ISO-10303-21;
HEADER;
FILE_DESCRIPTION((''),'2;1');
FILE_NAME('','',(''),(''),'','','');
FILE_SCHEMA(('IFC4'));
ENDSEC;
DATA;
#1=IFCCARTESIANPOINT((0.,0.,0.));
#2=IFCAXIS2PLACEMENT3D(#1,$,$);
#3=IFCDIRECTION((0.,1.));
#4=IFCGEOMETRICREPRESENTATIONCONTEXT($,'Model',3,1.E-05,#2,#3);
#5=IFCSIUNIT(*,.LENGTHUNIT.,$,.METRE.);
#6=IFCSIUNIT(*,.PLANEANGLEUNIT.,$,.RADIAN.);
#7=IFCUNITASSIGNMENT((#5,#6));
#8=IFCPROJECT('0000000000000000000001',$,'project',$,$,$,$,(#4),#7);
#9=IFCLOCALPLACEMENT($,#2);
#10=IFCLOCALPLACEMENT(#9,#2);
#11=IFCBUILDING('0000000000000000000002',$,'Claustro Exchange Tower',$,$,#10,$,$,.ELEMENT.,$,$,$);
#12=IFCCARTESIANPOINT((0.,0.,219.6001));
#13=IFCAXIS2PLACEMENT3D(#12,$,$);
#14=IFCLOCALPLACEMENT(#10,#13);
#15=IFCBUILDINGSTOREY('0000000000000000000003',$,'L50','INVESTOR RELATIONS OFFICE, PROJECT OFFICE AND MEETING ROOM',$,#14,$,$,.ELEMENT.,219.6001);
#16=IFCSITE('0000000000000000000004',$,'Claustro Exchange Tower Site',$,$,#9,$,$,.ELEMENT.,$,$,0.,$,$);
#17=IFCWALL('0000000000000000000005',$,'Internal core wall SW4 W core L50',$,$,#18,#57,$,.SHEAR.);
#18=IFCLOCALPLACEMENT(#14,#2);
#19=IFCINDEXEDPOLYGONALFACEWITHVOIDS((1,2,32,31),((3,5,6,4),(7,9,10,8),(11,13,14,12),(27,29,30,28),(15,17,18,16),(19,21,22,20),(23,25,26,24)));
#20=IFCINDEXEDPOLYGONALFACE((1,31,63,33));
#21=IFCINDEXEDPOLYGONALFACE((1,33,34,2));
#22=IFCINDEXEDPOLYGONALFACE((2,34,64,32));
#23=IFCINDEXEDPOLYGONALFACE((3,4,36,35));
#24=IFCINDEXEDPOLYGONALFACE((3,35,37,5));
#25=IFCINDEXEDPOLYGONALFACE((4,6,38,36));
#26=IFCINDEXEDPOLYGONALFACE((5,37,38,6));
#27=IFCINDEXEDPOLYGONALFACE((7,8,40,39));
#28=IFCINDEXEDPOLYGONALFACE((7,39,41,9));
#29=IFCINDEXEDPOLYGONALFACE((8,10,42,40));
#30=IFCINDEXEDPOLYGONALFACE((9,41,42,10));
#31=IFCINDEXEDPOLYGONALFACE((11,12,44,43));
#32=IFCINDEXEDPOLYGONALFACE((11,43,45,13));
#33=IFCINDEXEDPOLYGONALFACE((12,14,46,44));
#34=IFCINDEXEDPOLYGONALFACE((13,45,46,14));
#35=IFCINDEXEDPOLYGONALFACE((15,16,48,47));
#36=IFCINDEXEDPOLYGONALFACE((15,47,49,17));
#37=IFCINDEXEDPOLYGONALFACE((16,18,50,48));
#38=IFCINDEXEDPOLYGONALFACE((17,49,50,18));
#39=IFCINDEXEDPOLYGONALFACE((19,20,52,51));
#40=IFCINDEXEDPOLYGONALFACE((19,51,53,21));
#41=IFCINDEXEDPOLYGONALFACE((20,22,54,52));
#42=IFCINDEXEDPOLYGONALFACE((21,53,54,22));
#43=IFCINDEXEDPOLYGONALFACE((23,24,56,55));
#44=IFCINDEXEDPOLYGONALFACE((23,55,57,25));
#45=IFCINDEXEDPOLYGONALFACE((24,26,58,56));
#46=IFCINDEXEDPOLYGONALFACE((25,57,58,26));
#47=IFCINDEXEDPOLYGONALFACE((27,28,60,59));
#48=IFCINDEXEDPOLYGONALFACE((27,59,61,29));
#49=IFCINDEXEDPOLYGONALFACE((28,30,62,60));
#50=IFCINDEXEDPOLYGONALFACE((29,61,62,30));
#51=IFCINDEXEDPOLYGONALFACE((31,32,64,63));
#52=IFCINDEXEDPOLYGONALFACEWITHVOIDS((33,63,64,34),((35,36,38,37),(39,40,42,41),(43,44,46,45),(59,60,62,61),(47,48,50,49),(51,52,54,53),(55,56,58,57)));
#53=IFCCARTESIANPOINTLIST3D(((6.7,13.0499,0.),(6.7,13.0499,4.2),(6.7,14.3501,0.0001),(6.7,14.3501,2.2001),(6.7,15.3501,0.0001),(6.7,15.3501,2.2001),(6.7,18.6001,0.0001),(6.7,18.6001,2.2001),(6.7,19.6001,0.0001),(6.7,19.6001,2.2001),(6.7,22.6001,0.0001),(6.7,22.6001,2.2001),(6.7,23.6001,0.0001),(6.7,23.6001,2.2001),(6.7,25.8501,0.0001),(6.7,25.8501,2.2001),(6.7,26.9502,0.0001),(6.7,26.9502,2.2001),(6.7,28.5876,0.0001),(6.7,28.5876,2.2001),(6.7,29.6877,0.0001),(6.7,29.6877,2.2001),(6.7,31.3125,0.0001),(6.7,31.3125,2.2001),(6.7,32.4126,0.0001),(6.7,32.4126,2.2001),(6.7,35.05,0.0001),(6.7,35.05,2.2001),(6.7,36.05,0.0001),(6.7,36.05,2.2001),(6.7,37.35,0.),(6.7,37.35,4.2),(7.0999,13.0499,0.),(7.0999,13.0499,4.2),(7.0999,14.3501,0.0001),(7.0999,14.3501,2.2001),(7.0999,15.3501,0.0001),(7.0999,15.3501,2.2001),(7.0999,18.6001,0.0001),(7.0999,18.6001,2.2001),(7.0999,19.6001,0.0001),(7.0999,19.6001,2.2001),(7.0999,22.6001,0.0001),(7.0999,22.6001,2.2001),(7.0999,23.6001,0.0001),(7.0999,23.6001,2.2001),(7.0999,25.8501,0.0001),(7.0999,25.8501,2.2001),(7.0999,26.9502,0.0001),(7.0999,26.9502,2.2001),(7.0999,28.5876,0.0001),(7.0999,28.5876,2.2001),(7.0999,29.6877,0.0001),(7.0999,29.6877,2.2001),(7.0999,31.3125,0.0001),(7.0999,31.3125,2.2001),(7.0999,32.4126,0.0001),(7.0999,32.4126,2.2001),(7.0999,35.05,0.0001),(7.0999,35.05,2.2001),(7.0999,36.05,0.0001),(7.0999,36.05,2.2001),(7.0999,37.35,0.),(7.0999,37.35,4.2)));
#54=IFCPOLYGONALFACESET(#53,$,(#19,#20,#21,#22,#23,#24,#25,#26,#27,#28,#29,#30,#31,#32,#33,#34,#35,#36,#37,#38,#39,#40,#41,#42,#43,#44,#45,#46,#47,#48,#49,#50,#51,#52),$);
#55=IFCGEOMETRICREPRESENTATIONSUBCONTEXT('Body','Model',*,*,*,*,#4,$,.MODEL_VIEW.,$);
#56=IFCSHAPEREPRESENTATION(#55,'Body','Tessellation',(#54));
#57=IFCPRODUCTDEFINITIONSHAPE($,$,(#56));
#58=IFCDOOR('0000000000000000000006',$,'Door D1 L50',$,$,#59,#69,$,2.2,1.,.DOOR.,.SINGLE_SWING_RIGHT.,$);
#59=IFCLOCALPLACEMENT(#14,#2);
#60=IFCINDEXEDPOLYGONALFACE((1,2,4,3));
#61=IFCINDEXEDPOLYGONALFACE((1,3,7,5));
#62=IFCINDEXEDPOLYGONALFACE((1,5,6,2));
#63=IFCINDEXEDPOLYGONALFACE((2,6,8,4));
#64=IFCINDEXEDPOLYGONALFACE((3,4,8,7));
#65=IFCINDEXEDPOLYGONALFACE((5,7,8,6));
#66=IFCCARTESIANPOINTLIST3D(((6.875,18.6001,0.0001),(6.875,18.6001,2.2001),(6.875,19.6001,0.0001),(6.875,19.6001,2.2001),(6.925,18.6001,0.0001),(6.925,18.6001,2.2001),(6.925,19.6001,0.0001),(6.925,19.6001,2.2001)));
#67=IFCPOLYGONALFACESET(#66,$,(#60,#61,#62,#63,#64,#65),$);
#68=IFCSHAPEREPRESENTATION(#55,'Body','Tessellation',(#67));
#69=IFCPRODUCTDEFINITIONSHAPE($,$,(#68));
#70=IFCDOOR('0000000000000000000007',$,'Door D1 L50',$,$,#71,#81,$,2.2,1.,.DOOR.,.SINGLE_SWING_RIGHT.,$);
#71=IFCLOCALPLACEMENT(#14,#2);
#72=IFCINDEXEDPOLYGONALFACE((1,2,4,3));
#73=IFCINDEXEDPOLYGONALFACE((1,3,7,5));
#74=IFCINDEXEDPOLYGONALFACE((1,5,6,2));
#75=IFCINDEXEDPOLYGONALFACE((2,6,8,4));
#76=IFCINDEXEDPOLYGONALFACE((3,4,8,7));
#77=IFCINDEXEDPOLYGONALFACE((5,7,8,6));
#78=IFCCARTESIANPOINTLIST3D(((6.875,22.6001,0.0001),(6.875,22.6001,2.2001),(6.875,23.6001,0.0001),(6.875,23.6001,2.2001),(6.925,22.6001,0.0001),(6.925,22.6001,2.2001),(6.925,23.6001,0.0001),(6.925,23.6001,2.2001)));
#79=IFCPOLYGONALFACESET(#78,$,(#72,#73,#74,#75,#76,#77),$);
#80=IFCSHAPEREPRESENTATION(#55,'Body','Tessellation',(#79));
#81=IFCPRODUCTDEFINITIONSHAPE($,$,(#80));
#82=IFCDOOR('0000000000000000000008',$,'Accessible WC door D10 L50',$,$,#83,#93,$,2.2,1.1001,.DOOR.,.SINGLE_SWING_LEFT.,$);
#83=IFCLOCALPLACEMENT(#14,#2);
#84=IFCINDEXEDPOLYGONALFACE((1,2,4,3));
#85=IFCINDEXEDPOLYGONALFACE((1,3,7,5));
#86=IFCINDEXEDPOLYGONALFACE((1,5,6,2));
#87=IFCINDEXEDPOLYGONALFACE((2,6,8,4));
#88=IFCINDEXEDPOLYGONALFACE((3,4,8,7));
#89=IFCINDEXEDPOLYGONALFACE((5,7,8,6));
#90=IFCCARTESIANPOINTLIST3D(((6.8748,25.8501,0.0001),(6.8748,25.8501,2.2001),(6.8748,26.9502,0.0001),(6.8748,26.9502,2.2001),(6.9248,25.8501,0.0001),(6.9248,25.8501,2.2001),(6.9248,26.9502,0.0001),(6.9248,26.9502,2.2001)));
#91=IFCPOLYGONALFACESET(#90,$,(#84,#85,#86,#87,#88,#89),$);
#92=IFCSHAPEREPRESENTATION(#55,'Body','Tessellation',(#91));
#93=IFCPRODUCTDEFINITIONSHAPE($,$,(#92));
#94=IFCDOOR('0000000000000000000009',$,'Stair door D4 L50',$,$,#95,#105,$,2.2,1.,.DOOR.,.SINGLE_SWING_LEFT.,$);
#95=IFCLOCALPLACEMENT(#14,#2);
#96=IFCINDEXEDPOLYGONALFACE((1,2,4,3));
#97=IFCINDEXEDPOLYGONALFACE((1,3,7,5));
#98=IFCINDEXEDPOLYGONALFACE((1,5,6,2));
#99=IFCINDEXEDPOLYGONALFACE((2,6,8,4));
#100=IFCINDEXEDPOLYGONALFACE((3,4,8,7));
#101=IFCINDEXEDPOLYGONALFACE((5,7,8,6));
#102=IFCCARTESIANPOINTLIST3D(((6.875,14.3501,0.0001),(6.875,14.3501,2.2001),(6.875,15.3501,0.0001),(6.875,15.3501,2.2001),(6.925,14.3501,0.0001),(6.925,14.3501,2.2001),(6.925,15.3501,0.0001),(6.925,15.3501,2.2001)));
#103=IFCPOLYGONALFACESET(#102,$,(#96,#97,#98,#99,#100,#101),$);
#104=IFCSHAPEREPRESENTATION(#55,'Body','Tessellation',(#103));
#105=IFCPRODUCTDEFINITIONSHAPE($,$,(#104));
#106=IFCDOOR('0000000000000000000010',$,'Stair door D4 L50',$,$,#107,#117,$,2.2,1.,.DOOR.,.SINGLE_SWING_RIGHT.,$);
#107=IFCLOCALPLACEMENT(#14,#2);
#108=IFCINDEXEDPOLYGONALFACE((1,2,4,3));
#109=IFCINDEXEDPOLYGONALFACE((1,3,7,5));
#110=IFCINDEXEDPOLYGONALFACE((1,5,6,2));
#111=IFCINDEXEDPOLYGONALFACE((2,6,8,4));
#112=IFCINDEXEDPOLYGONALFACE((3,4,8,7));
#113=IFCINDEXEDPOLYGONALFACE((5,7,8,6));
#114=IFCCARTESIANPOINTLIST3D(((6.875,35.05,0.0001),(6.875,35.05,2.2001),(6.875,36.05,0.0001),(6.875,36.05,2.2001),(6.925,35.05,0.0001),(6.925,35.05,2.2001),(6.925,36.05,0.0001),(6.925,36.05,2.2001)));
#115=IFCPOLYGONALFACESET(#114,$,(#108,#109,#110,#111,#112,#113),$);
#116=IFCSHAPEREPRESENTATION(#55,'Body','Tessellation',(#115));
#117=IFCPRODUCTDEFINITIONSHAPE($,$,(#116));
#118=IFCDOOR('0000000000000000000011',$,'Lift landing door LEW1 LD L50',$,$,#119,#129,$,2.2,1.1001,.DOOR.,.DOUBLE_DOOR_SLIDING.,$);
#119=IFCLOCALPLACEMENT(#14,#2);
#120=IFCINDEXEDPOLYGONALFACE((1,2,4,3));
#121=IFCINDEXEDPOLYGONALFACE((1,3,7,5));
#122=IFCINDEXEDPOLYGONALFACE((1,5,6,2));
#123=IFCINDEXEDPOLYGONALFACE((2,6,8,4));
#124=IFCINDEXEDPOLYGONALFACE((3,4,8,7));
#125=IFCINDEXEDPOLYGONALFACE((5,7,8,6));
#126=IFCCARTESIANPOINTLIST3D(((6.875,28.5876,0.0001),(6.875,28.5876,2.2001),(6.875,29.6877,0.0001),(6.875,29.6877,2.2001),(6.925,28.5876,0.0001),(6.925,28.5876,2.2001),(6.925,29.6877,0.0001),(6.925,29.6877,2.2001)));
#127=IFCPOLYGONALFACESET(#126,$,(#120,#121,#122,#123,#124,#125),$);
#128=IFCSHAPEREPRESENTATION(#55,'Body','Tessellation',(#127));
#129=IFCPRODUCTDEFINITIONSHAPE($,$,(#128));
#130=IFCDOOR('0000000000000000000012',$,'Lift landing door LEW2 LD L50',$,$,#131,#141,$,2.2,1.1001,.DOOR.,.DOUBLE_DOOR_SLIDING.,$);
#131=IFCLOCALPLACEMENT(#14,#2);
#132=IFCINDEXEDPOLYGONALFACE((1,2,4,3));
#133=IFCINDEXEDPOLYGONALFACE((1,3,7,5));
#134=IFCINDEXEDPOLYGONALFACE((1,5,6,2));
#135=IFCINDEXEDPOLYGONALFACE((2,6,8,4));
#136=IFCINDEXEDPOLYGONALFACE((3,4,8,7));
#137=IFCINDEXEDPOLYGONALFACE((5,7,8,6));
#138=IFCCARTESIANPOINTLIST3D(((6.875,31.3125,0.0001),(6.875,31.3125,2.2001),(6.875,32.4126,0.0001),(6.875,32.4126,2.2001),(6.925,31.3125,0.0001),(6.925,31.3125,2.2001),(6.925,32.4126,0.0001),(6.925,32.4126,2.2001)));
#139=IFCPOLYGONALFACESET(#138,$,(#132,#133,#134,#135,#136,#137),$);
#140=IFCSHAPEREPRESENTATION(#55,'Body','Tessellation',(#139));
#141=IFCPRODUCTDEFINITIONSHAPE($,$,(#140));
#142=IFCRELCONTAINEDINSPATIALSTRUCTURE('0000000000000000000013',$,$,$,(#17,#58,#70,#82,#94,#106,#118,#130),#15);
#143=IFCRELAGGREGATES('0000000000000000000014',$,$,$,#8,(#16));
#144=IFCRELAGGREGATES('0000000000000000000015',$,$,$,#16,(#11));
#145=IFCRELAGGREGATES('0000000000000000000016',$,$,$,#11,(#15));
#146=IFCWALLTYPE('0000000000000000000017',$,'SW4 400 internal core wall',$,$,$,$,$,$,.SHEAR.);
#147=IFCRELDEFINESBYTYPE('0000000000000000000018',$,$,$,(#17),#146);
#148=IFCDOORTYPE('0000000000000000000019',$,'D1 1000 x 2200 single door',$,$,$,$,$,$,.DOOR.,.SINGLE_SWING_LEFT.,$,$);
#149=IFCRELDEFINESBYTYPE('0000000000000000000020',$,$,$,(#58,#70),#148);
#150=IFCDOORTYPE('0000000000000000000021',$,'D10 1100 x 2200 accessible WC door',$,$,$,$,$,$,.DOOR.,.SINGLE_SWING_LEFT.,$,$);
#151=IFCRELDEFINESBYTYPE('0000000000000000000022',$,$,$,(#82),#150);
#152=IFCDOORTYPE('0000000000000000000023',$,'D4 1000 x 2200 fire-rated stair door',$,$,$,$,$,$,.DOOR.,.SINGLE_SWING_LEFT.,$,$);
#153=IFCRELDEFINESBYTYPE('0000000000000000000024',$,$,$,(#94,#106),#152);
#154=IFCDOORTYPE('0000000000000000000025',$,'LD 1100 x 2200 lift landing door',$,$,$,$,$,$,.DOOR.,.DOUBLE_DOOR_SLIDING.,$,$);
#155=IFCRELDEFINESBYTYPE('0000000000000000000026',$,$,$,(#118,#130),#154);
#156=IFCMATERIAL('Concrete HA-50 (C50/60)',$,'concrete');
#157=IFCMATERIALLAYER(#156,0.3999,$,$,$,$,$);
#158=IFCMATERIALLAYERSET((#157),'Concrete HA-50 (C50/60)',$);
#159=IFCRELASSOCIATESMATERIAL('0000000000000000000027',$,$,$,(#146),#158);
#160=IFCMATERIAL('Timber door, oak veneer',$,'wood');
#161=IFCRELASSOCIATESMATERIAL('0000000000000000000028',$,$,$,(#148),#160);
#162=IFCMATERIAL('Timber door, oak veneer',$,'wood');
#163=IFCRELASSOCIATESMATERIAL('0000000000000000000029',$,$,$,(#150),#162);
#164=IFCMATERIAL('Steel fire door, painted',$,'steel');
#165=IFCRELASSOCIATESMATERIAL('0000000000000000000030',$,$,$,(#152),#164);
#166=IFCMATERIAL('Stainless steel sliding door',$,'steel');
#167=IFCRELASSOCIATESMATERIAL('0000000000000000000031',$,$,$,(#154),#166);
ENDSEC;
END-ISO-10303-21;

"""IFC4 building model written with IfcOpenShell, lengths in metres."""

from ifc_helpers import new_model, si_unit, direction, frame, frame_2d, origin, place, context, subcontext, project, spatial, rectangle, extrude, material, layer, layer_set, type_object, element, fill, save


model = new_model("IFC4")

# Units and contexts
model_context = context("Model", 3, precision=1e-05, world=origin(), true_north=direction((0.0, 1.0)))
body_context = subcontext(model_context, "Body", "Model", "MODEL_VIEW")
ifc_project = project(units=[si_unit("LENGTHUNIT", "METRE"), si_unit("PLANEANGLEUNIT", "RADIAN")], contexts=[model_context])

# Site, building, storey
site_placement = place(None, origin())
site = spatial("IfcSite", under=ifc_project, at=site_placement, Name="Claustro Exchange Tower Site", CompositionType="ELEMENT", RefElevation=0.0)
building_placement = place(site_placement, origin())
building = spatial("IfcBuilding", under=site, at=building_placement, Name="Claustro Exchange Tower", CompositionType="ELEMENT")
storey_placement = place(building_placement, frame((0.0, 0.0, 219.6001)))
storey = spatial("IfcBuildingStorey", under=building, at=storey_placement, Name="L50", Description="INVESTOR RELATIONS OFFICE, PROJECT OFFICE AND MEETING ROOM", CompositionType="ELEMENT", Elevation=219.6001)

# Wall, openings, doors
ifc_material_1 = material(Name="Concrete HA-50 (C50/60)", Category="concrete")
ifc_layer_1 = layer(ifc_material_1, 0.3999)
ifc_layer_set_1 = layer_set([ifc_layer_1], Name="Concrete HA-50 (C50/60)")
wall_type_1 = type_object("IfcWallType", Name="SW4 400 internal core wall", PredefinedType="SHEAR", material=ifc_layer_set_1)
wall_1_placement = place(storey_placement, frame((6.8999, 13.05, 0.0), z_axis=(0.0, 0.0, 1.0), x_axis=(0.0, 1.0, 0.0)))
wall_1 = element("IfcWall", 1, at=wall_1_placement, inside=storey, type_object=wall_type_1, Name="Internal core wall SW4 W core L50", PredefinedType="SHEAR", context=body_context, shape_type="SweptSolid", body=[
    extrude(rectangle(XDim=24.3, YDim=0.3999, at=frame_2d((12.1499, 0.0))), origin(), (0.0, 0.0, 1.0), 4.2),
])
opening_1_placement = place(wall_1_placement, frame((1.3, 0.0, 0.0)))
opening_1 = element("IfcOpeningElement", 2, at=opening_1_placement, cuts=wall_1, PredefinedType="OPENING", context=body_context, shape_type="SweptSolid", body=[
    extrude(rectangle(XDim=1.0, YDim=2.2, at=frame_2d((0.5, 1.1001))), frame((0.0, 0.21, 0.0), z_axis=(0.0, -1.0, 0.0), x_axis=(1.0, 0.0, 0.0)), (0.0, 0.0, 1.0), 0.4199),
])
opening_2_placement = place(wall_1_placement, frame((22.0, 0.0, 0.0)))
opening_2 = element("IfcOpeningElement", 3, at=opening_2_placement, cuts=wall_1, PredefinedType="OPENING", context=body_context, shape_type="SweptSolid", body=[
    extrude(rectangle(XDim=1.0, YDim=2.2, at=frame_2d((0.5, 1.1001))), frame((0.0, 0.21, 0.0), z_axis=(0.0, -1.0, 0.0), x_axis=(1.0, 0.0, 0.0)), (0.0, 0.0, 1.0), 0.4199),
])
opening_3_placement = place(wall_1_placement, frame((5.55, 0.0, 0.0)))
opening_3 = element("IfcOpeningElement", 4, at=opening_3_placement, cuts=wall_1, PredefinedType="OPENING", context=body_context, shape_type="SweptSolid", body=[
    extrude(rectangle(XDim=1.0, YDim=2.2, at=frame_2d((0.5, 1.1001))), frame((0.0, 0.21, 0.0), z_axis=(0.0, -1.0, 0.0), x_axis=(1.0, 0.0, 0.0)), (0.0, 0.0, 1.0), 0.4199),
])
opening_4_placement = place(wall_1_placement, frame((9.55, 0.0, 0.0)))
opening_4 = element("IfcOpeningElement", 5, at=opening_4_placement, cuts=wall_1, PredefinedType="OPENING", context=body_context, shape_type="SweptSolid", body=[
    extrude(rectangle(XDim=1.0, YDim=2.2, at=frame_2d((0.5, 1.1001))), frame((0.0, 0.21, 0.0), z_axis=(0.0, -1.0, 0.0), x_axis=(1.0, 0.0, 0.0)), (0.0, 0.0, 1.0), 0.4199),
])
opening_5_placement = place(wall_1_placement, frame((12.8, 0.0, 0.0)))
opening_5 = element("IfcOpeningElement", 6, at=opening_5_placement, cuts=wall_1, PredefinedType="OPENING", context=body_context, shape_type="SweptSolid", body=[
    extrude(rectangle(XDim=1.1001, YDim=2.2, at=frame_2d((0.55, 1.1001))), frame((0.0, 0.21, 0.0), z_axis=(0.0, -1.0, 0.0), x_axis=(1.0, 0.0, 0.0)), (0.0, 0.0, 1.0), 0.4199),
])
opening_6_placement = place(wall_1_placement, frame((15.5376, 0.0, 0.0)))
opening_6 = element("IfcOpeningElement", 7, at=opening_6_placement, cuts=wall_1, PredefinedType="OPENING", context=body_context, shape_type="SweptSolid", body=[
    extrude(rectangle(XDim=1.1001, YDim=2.2, at=frame_2d((0.55, 1.1001))), frame((0.0, 0.21, 0.0), z_axis=(0.0, -1.0, 0.0), x_axis=(1.0, 0.0, 0.0)), (0.0, 0.0, 1.0), 0.4199),
])
opening_7_placement = place(wall_1_placement, frame((18.2625, 0.0, 0.0)))
opening_7 = element("IfcOpeningElement", 8, at=opening_7_placement, cuts=wall_1, PredefinedType="OPENING", context=body_context, shape_type="SweptSolid", body=[
    extrude(rectangle(XDim=1.1001, YDim=2.2, at=frame_2d((0.55, 1.1001))), frame((0.0, 0.21, 0.0), z_axis=(0.0, -1.0, 0.0), x_axis=(1.0, 0.0, 0.0)), (0.0, 0.0, 1.0), 0.4199),
])
ifc_material_2 = material(Name="Timber door, oak veneer", Category="wood")
door_type_1 = type_object("IfcDoorType", Name="D1 1000 x 2200 single door", OperationType="SINGLE_SWING_LEFT", PredefinedType="DOOR", material=ifc_material_2)
door_1_placement = place(opening_3_placement, origin())
door_1 = element("IfcDoor", 9, at=door_1_placement, inside=storey, type_object=door_type_1, Name="Door D1 L50", OperationType="SINGLE_SWING_RIGHT", OverallHeight=2.2, OverallWidth=1.0, PredefinedType="DOOR", context=body_context, shape_type="SweptSolid", body=[
    extrude(rectangle(XDim=1.0, YDim=2.2, at=frame_2d((0.5, 1.1001))), frame((0.0, 0.0249, 0.0), z_axis=(0.0, -1.0, 0.0), x_axis=(1.0, 0.0, 0.0)), (0.0, 0.0, 1.0), 0.05),
])
fill(opening_3, door_1)
door_2_placement = place(opening_4_placement, origin())
door_2 = element("IfcDoor", 10, at=door_2_placement, inside=storey, type_object=door_type_1, Name="Door D1 L50", OperationType="SINGLE_SWING_RIGHT", OverallHeight=2.2, OverallWidth=1.0, PredefinedType="DOOR", context=body_context, shape_type="SweptSolid", body=[
    extrude(rectangle(XDim=1.0, YDim=2.2, at=frame_2d((0.5, 1.1001))), frame((0.0, 0.0249, 0.0), z_axis=(0.0, -1.0, 0.0), x_axis=(1.0, 0.0, 0.0)), (0.0, 0.0, 1.0), 0.05),
])
fill(opening_4, door_2)
ifc_material_3 = material(Name="Timber door, oak veneer", Category="wood")
door_type_2 = type_object("IfcDoorType", Name="D10 1100 x 2200 accessible WC door", OperationType="SINGLE_SWING_LEFT", PredefinedType="DOOR", material=ifc_material_3)
door_3_placement = place(opening_5_placement, frame((1.1001, 0.0, 0.0), z_axis=(0.0, 0.0, 1.0), x_axis=(-1.0, 0.0, 0.0)))
door_3 = element("IfcDoor", 11, at=door_3_placement, inside=storey, type_object=door_type_2, Name="Accessible WC door D10 L50", OperationType="SINGLE_SWING_LEFT", OverallHeight=2.2, OverallWidth=1.1001, PredefinedType="DOOR", context=body_context, shape_type="SweptSolid", body=[
    extrude(rectangle(XDim=1.1001, YDim=2.2, at=frame_2d((0.55, 1.1001))), frame((0.0, 0.0249, 0.0), z_axis=(0.0, -1.0, 0.0), x_axis=(1.0, 0.0, 0.0)), (0.0, 0.0, 1.0), 0.05),
])
fill(opening_5, door_3)
ifc_material_4 = material(Name="Steel fire door, painted", Category="steel")
door_type_3 = type_object("IfcDoorType", Name="D4 1000 x 2200 fire-rated stair door", OperationType="SINGLE_SWING_LEFT", PredefinedType="DOOR", material=ifc_material_4)
door_4_placement = place(opening_1_placement, origin())
door_4 = element("IfcDoor", 12, at=door_4_placement, inside=storey, type_object=door_type_3, Name="Stair door D4 L50", OperationType="SINGLE_SWING_LEFT", OverallHeight=2.2, OverallWidth=1.0, PredefinedType="DOOR", context=body_context, shape_type="SweptSolid", body=[
    extrude(rectangle(XDim=1.0, YDim=2.2, at=frame_2d((0.5, 1.1001))), frame((0.0, 0.0249, 0.0), z_axis=(0.0, -1.0, 0.0), x_axis=(1.0, 0.0, 0.0)), (0.0, 0.0, 1.0), 0.05),
])
fill(opening_1, door_4)
door_5_placement = place(opening_2_placement, origin())
door_5 = element("IfcDoor", 13, at=door_5_placement, inside=storey, type_object=door_type_3, Name="Stair door D4 L50", OperationType="SINGLE_SWING_RIGHT", OverallHeight=2.2, OverallWidth=1.0, PredefinedType="DOOR", context=body_context, shape_type="SweptSolid", body=[
    extrude(rectangle(XDim=1.0, YDim=2.2, at=frame_2d((0.5, 1.1001))), frame((0.0, 0.0249, 0.0), z_axis=(0.0, -1.0, 0.0), x_axis=(1.0, 0.0, 0.0)), (0.0, 0.0, 1.0), 0.05),
])
fill(opening_2, door_5)
ifc_material_5 = material(Name="Stainless steel sliding door", Category="steel")
door_type_4 = type_object("IfcDoorType", Name="LD 1100 x 2200 lift landing door", OperationType="DOUBLE_DOOR_SLIDING", PredefinedType="DOOR", material=ifc_material_5)
door_6_placement = place(opening_6_placement, origin())
door_6 = element("IfcDoor", 14, at=door_6_placement, inside=storey, type_object=door_type_4, Name="Lift landing door LEW1 LD L50", OperationType="DOUBLE_DOOR_SLIDING", OverallHeight=2.2, OverallWidth=1.1001, PredefinedType="DOOR", context=body_context, shape_type="SweptSolid", body=[
    extrude(rectangle(XDim=1.1001, YDim=2.2, at=frame_2d((0.55, 1.1001))), frame((0.0, 0.0249, 0.0), z_axis=(0.0, -1.0, 0.0), x_axis=(1.0, 0.0, 0.0)), (0.0, 0.0, 1.0), 0.05),
])
fill(opening_6, door_6)
door_7_placement = place(opening_7_placement, origin())
door_7 = element("IfcDoor", 15, at=door_7_placement, inside=storey, type_object=door_type_4, Name="Lift landing door LEW2 LD L50", OperationType="DOUBLE_DOOR_SLIDING", OverallHeight=2.2, OverallWidth=1.1001, PredefinedType="DOOR", context=body_context, shape_type="SweptSolid", body=[
    extrude(rectangle(XDim=1.1001, YDim=2.2, at=frame_2d((0.55, 1.1001))), frame((0.0, 0.0249, 0.0), z_axis=(0.0, -1.0, 0.0), x_axis=(1.0, 0.0, 0.0)), (0.0, 0.0, 1.0), 0.05),
])
fill(opening_7, door_7)

save(model, "model.ifc")
